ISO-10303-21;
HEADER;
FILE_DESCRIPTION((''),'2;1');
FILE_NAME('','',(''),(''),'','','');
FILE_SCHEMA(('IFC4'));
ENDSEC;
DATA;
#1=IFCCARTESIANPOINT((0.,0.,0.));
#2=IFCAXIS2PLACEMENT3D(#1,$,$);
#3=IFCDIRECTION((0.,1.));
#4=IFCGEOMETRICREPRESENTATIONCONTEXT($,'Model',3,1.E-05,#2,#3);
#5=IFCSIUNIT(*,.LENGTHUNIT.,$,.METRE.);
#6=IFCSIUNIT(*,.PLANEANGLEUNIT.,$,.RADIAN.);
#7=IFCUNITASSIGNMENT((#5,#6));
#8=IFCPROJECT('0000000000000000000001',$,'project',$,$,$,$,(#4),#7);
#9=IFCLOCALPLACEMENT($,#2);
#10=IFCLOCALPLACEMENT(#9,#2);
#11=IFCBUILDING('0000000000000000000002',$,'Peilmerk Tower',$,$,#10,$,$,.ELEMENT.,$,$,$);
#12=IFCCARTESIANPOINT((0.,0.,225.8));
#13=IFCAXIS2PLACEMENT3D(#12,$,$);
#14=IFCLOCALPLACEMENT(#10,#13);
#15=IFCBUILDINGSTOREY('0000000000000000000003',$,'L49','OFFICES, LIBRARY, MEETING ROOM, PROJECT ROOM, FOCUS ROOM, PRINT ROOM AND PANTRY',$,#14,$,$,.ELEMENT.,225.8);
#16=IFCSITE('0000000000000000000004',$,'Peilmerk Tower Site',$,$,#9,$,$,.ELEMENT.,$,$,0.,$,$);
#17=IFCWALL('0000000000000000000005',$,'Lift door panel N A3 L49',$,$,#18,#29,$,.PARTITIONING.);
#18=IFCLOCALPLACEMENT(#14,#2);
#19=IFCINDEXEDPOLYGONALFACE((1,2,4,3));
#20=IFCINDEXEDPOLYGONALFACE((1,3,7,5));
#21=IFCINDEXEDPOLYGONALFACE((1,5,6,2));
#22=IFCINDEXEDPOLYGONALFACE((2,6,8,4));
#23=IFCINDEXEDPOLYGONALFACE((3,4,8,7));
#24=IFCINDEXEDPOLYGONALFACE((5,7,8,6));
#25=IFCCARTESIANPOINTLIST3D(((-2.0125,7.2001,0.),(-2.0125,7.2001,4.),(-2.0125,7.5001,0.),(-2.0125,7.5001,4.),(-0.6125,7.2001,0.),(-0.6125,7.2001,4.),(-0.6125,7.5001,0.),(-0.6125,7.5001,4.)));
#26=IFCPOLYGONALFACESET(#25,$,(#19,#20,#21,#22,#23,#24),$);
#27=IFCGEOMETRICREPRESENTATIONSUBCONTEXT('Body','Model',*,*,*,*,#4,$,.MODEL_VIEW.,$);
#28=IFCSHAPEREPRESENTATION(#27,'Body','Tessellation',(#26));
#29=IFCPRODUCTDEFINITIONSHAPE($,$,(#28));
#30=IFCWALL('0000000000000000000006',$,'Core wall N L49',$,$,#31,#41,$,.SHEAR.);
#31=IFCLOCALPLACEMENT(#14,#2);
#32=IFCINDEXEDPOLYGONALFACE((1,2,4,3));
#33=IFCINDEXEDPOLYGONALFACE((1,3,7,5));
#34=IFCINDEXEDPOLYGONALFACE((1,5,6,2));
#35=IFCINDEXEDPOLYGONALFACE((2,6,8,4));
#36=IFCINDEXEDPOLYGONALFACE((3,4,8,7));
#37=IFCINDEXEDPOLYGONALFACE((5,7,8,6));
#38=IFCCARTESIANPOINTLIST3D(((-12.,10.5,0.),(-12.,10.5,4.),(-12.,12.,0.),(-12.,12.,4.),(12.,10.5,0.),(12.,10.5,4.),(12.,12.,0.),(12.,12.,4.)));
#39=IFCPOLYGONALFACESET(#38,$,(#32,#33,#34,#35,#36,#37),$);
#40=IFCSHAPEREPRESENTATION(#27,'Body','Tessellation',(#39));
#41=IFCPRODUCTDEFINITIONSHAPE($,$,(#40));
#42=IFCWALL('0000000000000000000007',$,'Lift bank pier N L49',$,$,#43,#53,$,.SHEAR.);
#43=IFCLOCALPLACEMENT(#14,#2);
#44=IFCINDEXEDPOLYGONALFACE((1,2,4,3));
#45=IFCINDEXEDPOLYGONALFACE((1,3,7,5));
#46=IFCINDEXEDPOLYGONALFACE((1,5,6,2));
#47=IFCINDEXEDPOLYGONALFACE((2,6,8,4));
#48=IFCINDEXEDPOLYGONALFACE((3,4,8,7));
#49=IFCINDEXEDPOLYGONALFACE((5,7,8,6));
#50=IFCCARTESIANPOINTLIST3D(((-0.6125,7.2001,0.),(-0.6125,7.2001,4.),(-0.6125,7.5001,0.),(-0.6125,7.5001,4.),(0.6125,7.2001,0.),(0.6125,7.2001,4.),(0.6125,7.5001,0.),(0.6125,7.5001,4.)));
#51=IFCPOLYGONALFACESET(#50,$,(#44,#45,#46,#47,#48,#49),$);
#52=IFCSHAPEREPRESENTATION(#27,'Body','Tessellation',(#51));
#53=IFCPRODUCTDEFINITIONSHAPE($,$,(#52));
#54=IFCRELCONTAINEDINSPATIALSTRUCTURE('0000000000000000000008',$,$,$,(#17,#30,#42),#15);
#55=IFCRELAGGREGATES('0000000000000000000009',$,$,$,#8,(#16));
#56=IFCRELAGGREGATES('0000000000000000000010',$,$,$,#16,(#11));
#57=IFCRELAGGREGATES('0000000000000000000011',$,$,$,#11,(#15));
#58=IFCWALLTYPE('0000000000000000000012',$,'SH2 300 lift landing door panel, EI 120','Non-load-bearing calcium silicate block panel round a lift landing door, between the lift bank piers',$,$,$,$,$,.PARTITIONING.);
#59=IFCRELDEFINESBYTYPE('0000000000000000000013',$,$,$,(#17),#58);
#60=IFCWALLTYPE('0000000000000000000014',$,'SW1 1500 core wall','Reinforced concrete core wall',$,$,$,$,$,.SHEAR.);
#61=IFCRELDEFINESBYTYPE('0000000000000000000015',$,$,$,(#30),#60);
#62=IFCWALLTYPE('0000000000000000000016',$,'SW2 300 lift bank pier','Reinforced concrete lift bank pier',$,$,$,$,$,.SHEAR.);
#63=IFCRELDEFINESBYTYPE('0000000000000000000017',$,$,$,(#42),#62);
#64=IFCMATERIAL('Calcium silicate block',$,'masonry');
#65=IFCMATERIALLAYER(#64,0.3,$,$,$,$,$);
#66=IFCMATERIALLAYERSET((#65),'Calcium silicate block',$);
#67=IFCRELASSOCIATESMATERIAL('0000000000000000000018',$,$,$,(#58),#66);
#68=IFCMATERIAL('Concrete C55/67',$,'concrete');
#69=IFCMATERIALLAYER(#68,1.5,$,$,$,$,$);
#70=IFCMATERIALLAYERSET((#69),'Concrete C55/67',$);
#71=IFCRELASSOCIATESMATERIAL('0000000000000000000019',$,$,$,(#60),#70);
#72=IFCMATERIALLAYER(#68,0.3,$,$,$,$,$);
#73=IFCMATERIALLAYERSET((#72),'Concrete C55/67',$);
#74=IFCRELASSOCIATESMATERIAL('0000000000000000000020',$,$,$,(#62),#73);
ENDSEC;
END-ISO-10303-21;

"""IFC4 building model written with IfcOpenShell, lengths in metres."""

from ifc_helpers import new_model, si_unit, direction, frame, frame_2d, origin, place, context, subcontext, project, spatial, rectangle, extrude, material, layer, layer_set, type_object, element, save


model = new_model("IFC4")

# Units and contexts
model_context = context("Model", 3, precision=1e-05, world=origin(), true_north=direction((0.0, 1.0)))
body_context = subcontext(model_context, "Body", "Model", "MODEL_VIEW")
ifc_project = project(units=[si_unit("LENGTHUNIT", "METRE"), si_unit("PLANEANGLEUNIT", "RADIAN")], contexts=[model_context])

# Site, building, storey
site_placement = place(None, origin())
site = spatial("IfcSite", under=ifc_project, at=site_placement, Name="Peilmerk Tower Site", CompositionType="ELEMENT", RefElevation=0.0)
building_placement = place(site_placement, origin())
building = spatial("IfcBuilding", under=site, at=building_placement, Name="Peilmerk Tower", CompositionType="ELEMENT")
storey_placement = place(building_placement, frame((0.0, 0.0, 225.8)))
storey = spatial("IfcBuildingStorey", under=building, at=storey_placement, Name="L49", Description="OFFICES, LIBRARY, MEETING ROOM, PROJECT ROOM, FOCUS ROOM, PRINT ROOM AND PANTRY", CompositionType="ELEMENT", Elevation=225.8)

# Shared definitions
ifc_material_1 = material(Name="Calcium silicate block", Category="masonry")

# Walls
ifc_layer_1 = layer(ifc_material_1, 0.3)
ifc_layer_set_1 = layer_set([ifc_layer_1], Name="Calcium silicate block")
wall_type_1 = type_object("IfcWallType", Name="SH2 300 lift landing door panel, EI 120", Description="Non-load-bearing calcium silicate block panel round a lift landing door, between the lift bank piers", PredefinedType="PARTITIONING", material=ifc_layer_set_1)
wall_1_placement = place(storey_placement, frame((-2.0125, 7.3501, 0.0), z_axis=(0.0, 0.0, 1.0), x_axis=(1.0, 0.0, 0.0)))
element("IfcWall", 1, at=wall_1_placement, inside=storey, type_object=wall_type_1, Name="Lift door panel N A3 L49", PredefinedType="PARTITIONING", context=body_context, shape_type="SweptSolid", body=[
    extrude(rectangle(XDim=1.3999, YDim=0.3, at=frame_2d((0.7, 0.0))), origin(), (0.0, 0.0, 1.0), 4.0),
])
ifc_material_2 = material(Name="Concrete C55/67", Category="concrete")
ifc_layer_2 = layer(ifc_material_2, 1.5)
ifc_layer_set_2 = layer_set([ifc_layer_2], Name="Concrete C55/67")
wall_type_2 = type_object("IfcWallType", Name="SW1 1500 core wall", Description="Reinforced concrete core wall", PredefinedType="SHEAR", material=ifc_layer_set_2)
wall_2_placement = place(storey_placement, frame((-12.0, 11.25, 0.0), z_axis=(0.0, 0.0, 1.0), x_axis=(1.0, 0.0, 0.0)))
element("IfcWall", 2, at=wall_2_placement, inside=storey, type_object=wall_type_2, Name="Core wall N L49", PredefinedType="SHEAR", context=body_context, shape_type="SweptSolid", body=[
    extrude(rectangle(XDim=24.0, YDim=1.5, at=frame_2d((12.0, 0.0))), origin(), (0.0, 0.0, 1.0), 4.0),
])
ifc_layer_3 = layer(ifc_material_2, 0.3)
ifc_layer_set_3 = layer_set([ifc_layer_3], Name="Concrete C55/67")
wall_type_3 = type_object("IfcWallType", Name="SW2 300 lift bank pier", Description="Reinforced concrete lift bank pier", PredefinedType="SHEAR", material=ifc_layer_set_3)
wall_3_placement = place(storey_placement, frame((-0.6125, 7.3501, 0.0), z_axis=(0.0, 0.0, 1.0), x_axis=(1.0, 0.0, 0.0)))
element("IfcWall", 3, at=wall_3_placement, inside=storey, type_object=wall_type_3, Name="Lift bank pier N L49", PredefinedType="SHEAR", context=body_context, shape_type="SweptSolid", body=[
    extrude(rectangle(XDim=1.2251, YDim=0.3, at=frame_2d((0.6125, 0.0))), origin(), (0.0, 0.0, 1.0), 4.0),
])

save(model, "model.ifc")
